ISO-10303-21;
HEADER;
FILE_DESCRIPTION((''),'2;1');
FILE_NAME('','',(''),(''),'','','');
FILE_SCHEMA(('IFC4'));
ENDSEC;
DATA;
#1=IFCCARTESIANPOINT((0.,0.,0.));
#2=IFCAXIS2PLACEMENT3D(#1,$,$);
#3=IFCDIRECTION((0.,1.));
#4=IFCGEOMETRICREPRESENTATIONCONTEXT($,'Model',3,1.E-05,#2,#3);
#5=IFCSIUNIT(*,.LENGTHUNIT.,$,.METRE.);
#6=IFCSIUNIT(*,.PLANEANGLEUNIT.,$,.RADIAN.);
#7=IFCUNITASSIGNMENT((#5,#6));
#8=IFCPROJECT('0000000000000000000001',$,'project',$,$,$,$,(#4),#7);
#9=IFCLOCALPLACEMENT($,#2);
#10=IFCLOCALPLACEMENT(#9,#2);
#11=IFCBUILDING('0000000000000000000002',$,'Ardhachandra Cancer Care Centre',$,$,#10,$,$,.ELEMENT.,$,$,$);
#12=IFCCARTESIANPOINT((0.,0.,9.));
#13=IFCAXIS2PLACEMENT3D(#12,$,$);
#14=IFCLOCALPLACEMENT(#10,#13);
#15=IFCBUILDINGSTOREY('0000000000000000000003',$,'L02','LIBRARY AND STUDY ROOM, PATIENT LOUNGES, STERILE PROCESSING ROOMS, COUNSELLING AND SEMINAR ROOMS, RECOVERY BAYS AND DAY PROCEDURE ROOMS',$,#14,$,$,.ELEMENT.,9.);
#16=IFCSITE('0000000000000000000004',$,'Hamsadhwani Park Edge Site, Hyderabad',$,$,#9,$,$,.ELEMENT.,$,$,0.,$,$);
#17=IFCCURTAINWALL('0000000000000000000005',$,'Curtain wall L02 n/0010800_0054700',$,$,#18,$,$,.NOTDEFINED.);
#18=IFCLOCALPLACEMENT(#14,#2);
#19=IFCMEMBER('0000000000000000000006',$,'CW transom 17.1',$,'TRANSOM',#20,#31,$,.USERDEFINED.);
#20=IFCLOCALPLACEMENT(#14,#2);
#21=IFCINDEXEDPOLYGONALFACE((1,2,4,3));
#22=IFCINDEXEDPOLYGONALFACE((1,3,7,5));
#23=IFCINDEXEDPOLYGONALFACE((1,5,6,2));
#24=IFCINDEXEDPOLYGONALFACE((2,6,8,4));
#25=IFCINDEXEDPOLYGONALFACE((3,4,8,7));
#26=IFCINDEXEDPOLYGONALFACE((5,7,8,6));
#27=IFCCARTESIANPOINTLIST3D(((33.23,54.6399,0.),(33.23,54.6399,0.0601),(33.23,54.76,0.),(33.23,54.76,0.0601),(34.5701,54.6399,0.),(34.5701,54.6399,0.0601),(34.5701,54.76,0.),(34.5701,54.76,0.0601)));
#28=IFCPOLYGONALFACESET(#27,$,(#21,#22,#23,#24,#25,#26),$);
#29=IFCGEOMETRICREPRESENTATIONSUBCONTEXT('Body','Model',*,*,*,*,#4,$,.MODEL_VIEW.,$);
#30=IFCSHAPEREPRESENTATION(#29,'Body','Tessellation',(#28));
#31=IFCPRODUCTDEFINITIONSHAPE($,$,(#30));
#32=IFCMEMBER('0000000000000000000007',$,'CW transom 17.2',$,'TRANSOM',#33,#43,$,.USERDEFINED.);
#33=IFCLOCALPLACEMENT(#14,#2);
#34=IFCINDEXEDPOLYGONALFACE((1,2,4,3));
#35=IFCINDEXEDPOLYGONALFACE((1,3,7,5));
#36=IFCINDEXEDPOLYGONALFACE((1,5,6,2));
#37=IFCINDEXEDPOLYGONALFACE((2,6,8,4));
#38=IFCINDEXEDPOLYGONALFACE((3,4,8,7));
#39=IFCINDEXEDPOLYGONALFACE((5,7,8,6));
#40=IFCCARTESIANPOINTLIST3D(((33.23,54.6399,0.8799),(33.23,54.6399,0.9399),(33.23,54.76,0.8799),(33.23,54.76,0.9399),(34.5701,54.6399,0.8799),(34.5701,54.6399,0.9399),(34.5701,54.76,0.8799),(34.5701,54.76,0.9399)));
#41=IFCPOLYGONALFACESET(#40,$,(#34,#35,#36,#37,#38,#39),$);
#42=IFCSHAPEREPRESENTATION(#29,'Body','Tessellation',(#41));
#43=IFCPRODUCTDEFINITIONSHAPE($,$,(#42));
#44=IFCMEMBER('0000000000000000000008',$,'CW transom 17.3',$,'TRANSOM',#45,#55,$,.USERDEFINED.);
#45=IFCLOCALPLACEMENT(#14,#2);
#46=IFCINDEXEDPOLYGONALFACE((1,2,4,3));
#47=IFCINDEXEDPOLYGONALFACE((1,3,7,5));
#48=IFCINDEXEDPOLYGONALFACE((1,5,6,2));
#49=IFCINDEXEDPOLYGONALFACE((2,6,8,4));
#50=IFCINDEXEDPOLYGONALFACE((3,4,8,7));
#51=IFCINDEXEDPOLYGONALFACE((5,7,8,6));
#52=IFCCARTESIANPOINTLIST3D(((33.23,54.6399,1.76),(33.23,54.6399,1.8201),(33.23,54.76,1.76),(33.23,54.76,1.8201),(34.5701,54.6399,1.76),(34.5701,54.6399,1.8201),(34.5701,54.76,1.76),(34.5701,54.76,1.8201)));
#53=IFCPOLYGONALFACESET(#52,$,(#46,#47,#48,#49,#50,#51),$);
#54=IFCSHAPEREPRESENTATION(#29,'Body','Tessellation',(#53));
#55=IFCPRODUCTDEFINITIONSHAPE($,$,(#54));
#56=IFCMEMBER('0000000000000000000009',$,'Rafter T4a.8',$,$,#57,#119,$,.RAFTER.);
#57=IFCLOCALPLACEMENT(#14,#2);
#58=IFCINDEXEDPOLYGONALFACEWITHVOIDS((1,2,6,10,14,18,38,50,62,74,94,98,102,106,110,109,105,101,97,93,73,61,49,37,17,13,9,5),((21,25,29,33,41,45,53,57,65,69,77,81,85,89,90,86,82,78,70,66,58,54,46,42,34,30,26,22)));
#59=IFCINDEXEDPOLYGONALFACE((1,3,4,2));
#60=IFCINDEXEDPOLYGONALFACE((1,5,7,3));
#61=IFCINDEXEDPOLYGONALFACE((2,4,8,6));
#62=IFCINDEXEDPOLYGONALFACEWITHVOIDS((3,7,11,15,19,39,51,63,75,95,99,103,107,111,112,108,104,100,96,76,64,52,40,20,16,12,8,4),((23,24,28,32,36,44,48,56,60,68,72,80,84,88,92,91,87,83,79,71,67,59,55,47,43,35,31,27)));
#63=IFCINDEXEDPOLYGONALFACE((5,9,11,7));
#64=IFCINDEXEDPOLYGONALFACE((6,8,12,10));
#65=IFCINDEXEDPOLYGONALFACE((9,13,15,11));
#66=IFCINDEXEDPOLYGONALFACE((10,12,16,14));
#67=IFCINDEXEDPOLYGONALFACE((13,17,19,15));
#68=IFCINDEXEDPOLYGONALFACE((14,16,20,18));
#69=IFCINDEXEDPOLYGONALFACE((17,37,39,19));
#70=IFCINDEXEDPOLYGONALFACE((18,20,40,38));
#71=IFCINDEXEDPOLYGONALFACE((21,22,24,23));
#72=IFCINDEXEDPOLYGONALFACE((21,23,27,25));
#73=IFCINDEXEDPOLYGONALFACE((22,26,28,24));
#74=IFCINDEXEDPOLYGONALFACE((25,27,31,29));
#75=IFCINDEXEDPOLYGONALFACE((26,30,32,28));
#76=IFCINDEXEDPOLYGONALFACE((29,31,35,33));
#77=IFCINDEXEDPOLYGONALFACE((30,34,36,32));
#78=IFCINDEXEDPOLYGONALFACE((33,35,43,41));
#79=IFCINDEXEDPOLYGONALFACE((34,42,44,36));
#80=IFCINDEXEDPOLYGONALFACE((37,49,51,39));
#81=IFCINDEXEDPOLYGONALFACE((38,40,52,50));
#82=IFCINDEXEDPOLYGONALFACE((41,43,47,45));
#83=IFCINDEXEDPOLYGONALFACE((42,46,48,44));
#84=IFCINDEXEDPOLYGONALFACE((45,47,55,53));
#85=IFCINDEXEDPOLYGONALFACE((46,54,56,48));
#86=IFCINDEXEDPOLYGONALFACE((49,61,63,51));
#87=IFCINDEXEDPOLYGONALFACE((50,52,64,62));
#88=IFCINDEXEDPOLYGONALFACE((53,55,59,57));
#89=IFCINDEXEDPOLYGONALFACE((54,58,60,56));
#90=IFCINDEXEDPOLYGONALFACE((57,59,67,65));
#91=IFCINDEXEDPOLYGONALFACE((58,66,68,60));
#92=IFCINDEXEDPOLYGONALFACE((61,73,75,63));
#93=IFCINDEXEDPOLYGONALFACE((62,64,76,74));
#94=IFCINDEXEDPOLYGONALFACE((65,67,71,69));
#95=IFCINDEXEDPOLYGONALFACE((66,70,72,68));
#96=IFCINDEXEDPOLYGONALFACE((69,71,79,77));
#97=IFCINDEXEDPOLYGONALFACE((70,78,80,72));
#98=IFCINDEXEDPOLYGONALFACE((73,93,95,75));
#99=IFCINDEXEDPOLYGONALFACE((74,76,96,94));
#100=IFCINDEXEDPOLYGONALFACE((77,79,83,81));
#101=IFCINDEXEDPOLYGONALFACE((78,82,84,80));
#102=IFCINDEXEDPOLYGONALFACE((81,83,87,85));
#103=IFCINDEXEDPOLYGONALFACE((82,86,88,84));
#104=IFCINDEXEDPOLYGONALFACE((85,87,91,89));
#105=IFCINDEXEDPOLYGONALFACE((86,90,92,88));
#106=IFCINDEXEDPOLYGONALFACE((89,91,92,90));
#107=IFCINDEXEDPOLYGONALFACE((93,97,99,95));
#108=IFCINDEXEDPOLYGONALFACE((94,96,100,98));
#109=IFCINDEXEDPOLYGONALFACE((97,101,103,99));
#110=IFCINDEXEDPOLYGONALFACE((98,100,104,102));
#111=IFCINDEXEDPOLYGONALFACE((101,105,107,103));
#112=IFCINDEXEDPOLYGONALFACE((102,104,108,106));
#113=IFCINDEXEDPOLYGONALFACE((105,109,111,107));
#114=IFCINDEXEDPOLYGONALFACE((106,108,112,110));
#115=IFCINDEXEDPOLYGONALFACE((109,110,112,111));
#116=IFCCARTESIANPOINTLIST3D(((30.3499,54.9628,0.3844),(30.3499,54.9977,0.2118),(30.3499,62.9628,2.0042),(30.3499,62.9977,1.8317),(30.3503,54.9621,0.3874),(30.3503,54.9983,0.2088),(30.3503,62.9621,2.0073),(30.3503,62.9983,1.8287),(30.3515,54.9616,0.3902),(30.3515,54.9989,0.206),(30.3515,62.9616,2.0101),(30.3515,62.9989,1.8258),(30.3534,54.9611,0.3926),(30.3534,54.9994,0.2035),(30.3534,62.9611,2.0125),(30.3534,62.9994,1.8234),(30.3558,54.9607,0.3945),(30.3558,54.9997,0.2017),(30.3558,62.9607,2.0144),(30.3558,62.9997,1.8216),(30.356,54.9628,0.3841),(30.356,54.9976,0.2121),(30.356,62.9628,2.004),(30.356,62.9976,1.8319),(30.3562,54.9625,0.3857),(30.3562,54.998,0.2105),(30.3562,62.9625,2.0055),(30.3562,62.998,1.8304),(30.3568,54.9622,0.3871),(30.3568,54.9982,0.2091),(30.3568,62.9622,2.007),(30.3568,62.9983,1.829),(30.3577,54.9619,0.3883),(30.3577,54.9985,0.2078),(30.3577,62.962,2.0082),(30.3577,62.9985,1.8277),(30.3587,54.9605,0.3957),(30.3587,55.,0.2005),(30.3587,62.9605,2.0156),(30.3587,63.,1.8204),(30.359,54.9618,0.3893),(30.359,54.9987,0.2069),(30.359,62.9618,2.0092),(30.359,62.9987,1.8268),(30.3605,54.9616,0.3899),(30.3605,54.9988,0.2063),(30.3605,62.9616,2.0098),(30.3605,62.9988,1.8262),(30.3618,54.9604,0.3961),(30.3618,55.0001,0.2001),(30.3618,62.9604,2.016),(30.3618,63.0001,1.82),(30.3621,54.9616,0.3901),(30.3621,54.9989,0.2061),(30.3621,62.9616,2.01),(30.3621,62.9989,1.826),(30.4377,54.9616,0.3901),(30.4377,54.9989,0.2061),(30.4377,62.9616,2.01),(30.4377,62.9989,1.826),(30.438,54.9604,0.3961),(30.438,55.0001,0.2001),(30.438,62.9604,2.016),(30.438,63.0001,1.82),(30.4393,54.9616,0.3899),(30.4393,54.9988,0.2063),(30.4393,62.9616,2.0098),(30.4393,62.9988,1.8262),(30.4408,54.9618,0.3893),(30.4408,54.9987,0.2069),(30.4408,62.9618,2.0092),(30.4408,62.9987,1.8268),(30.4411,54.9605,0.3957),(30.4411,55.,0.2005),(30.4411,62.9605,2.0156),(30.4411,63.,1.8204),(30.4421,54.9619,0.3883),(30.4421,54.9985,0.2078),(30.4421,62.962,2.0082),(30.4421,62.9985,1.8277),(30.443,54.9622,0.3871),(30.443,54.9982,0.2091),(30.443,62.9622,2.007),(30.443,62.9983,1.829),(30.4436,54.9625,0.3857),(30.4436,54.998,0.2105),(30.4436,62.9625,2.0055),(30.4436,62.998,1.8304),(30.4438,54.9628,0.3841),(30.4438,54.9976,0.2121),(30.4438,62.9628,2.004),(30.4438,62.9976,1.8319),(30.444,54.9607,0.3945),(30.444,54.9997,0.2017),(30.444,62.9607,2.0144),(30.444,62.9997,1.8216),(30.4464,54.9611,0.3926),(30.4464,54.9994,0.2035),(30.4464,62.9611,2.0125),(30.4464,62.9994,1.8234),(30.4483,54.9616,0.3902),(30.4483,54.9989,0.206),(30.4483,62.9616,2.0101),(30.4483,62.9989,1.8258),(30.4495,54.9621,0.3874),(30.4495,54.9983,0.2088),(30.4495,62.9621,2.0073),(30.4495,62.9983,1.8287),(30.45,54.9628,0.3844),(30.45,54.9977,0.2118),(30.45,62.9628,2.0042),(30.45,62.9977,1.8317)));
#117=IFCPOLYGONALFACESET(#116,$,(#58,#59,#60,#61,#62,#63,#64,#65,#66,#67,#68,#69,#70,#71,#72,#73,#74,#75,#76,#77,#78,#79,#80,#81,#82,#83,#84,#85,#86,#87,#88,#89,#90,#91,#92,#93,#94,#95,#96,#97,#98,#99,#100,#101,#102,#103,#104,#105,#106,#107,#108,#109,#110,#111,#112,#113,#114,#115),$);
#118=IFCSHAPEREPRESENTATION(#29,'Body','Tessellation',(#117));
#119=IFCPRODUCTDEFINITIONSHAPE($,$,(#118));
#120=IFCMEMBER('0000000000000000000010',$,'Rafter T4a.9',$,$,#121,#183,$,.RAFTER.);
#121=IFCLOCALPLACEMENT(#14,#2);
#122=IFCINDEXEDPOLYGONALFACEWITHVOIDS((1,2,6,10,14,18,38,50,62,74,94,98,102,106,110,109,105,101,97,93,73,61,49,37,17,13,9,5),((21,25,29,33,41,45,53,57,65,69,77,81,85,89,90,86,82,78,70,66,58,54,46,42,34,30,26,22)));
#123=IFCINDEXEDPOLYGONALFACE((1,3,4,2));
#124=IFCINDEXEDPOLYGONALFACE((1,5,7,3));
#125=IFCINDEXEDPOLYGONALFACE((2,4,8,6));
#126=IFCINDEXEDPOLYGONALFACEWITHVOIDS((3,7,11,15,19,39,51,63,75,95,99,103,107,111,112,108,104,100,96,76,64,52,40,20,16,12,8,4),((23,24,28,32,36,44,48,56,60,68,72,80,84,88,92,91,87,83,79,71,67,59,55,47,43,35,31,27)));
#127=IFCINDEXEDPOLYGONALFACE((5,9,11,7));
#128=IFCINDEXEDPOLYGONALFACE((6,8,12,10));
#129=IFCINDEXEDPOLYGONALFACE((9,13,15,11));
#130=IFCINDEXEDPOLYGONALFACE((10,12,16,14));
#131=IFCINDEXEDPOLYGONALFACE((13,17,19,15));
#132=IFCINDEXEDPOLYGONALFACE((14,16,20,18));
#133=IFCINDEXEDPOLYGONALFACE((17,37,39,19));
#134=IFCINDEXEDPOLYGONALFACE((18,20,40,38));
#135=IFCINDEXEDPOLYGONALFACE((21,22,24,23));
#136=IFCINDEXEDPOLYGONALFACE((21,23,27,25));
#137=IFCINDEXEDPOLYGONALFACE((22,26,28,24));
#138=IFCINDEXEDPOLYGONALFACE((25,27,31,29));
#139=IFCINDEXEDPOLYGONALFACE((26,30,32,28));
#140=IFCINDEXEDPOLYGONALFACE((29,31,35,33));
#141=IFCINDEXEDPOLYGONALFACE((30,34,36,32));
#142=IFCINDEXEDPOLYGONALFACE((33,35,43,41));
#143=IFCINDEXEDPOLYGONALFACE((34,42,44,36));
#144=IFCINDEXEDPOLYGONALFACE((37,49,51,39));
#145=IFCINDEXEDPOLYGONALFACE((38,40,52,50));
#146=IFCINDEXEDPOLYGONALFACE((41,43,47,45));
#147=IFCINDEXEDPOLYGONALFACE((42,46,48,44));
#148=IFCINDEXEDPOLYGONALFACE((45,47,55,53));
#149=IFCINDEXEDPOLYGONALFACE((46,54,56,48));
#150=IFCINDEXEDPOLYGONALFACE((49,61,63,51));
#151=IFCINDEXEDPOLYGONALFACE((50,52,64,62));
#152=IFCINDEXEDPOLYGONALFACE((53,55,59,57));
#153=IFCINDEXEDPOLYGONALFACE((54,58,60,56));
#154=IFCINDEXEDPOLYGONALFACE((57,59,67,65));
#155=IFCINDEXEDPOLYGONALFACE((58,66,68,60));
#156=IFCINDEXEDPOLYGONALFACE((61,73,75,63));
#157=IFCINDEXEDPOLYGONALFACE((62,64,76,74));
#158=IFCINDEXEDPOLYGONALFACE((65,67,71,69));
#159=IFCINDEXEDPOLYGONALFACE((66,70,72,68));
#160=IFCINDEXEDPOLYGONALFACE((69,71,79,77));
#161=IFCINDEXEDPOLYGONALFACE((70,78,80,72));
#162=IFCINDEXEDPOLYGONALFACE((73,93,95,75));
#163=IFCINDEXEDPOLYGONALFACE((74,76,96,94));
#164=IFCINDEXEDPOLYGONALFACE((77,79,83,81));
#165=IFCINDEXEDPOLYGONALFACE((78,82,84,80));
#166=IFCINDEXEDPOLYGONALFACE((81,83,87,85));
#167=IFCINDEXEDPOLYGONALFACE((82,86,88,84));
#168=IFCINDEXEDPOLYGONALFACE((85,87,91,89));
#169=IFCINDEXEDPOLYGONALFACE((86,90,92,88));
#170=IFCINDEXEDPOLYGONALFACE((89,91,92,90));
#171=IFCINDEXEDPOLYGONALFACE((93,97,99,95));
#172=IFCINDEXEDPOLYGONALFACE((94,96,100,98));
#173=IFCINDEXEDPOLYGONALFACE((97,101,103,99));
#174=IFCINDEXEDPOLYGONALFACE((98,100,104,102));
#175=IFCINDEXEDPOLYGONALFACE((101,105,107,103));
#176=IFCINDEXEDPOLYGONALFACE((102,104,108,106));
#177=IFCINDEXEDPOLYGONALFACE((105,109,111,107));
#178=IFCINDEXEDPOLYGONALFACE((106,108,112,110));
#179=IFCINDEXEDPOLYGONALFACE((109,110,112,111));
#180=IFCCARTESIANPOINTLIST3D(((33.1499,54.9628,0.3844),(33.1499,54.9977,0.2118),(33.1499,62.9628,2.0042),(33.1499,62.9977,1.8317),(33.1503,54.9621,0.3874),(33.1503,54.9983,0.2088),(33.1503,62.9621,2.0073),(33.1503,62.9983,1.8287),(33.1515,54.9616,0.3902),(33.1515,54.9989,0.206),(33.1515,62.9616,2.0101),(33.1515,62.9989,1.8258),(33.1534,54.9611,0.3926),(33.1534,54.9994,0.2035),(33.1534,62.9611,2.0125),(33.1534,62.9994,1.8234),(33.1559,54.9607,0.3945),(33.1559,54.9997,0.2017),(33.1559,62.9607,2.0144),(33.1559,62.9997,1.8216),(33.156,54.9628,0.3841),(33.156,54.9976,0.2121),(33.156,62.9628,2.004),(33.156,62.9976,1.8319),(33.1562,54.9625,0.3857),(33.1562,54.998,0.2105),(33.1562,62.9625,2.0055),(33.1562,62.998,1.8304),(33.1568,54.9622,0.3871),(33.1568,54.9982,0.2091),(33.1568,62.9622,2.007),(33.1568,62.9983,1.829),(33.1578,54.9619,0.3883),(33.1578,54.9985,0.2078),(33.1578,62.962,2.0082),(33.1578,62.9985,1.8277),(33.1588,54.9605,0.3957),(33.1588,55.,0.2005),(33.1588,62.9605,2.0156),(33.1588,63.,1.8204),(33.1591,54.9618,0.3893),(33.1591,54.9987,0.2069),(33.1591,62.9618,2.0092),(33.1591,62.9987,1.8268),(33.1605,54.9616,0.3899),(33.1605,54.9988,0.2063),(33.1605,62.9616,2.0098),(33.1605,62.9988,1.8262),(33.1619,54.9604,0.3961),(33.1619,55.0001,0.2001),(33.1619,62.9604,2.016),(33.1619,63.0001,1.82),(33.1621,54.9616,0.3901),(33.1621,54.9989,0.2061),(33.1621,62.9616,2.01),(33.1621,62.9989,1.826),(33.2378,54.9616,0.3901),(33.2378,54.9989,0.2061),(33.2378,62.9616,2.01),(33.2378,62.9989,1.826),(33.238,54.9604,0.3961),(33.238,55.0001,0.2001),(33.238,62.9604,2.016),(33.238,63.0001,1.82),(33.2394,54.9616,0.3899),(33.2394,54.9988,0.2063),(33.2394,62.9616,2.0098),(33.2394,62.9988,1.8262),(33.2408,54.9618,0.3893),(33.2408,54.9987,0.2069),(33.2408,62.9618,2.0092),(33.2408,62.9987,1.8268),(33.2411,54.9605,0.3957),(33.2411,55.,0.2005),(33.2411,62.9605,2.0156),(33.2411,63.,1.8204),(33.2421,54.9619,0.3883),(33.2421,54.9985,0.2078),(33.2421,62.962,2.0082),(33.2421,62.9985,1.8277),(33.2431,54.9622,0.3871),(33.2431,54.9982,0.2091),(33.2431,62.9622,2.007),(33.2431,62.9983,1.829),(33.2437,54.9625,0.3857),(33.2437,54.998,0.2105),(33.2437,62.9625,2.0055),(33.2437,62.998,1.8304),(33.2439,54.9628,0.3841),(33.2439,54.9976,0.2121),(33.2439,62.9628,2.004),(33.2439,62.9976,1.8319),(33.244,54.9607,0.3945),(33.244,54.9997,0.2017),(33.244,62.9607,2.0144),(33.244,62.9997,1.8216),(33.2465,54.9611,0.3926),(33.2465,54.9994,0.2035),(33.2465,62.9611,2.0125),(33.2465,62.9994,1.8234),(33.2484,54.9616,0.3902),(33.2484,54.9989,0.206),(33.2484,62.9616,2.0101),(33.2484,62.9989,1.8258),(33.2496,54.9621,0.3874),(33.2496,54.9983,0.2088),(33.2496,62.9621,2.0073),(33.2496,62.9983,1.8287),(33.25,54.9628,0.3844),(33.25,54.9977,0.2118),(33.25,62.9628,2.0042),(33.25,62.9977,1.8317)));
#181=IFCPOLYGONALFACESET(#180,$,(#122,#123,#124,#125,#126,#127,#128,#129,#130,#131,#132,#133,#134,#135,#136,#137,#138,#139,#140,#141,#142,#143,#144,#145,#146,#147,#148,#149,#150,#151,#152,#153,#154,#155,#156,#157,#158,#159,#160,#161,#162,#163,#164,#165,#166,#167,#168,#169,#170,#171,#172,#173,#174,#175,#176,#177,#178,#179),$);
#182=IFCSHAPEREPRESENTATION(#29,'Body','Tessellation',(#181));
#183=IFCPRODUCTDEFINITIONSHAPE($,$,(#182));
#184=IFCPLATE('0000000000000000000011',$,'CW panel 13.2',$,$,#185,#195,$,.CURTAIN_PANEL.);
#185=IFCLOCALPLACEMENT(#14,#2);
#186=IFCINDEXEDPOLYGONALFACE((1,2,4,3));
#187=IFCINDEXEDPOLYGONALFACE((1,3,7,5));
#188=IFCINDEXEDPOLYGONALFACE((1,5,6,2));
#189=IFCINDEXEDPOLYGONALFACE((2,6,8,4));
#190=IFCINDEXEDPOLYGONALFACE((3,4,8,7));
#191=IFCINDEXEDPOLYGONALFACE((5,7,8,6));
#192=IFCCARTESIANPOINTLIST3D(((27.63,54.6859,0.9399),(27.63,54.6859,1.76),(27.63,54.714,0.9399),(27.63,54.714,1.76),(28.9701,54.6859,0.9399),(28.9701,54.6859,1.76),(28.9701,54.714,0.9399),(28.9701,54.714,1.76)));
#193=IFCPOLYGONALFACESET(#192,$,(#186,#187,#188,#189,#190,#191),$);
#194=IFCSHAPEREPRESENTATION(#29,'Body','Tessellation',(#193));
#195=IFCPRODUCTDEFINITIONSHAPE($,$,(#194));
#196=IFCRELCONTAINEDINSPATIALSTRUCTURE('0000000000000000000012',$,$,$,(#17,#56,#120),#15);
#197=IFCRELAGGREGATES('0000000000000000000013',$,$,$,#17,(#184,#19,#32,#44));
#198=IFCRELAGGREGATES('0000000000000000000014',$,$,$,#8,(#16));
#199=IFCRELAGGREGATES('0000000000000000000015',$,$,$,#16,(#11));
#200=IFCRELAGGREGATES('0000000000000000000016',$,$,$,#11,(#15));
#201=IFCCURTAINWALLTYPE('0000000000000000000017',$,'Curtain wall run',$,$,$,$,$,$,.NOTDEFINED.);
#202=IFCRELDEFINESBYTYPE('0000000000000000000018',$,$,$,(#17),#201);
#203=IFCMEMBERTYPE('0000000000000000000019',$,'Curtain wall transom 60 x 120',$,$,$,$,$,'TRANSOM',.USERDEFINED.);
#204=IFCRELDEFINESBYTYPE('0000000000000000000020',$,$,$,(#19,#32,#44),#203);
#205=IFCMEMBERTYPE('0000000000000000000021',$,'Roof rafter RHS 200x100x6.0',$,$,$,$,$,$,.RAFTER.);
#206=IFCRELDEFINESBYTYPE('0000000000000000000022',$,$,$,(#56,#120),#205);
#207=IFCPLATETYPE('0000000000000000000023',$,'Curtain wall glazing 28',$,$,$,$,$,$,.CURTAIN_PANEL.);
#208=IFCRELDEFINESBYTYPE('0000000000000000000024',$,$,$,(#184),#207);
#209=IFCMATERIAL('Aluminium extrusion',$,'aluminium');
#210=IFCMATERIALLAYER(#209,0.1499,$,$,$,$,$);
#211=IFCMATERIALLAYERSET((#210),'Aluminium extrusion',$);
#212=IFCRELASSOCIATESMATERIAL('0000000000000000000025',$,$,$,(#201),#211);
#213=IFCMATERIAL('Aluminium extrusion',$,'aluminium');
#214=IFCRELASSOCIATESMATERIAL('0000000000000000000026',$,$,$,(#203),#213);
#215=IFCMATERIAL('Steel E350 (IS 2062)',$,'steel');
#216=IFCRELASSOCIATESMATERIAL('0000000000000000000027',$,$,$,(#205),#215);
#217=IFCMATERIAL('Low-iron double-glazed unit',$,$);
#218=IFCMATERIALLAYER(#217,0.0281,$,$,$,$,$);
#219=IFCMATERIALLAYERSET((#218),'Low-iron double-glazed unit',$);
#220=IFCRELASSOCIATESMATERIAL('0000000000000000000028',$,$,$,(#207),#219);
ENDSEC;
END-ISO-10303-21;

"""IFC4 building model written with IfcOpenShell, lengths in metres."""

from ifc_helpers import new_model, si_unit, direction, frame, origin, origin_2d, place, context, subcontext, project, spatial, rectangle, hollow_rectangle, extrude, material, layer, layer_set, material_profile, profile_set, type_object, element, aggregate, save


model = new_model("IFC4")

# Units and contexts
model_context = context("Model", 3, precision=1e-05, world=origin(), true_north=direction((0.0, 1.0)))
body_context = subcontext(model_context, "Body", "Model", "MODEL_VIEW")
ifc_project = project(units=[si_unit("LENGTHUNIT", "METRE"), si_unit("PLANEANGLEUNIT", "RADIAN")], contexts=[model_context])

# Site, building, storey
site_placement = place(None, origin())
site = spatial("IfcSite", under=ifc_project, at=site_placement, Name="Hamsadhwani Park Edge Site, Hyderabad", CompositionType="ELEMENT", RefElevation=0.0)
building_placement = place(site_placement, origin())
building = spatial("IfcBuilding", under=site, at=building_placement, Name="Ardhachandra Cancer Care Centre", CompositionType="ELEMENT")
storey_placement = place(building_placement, frame((0.0, 0.0, 9.0)))
storey = spatial("IfcBuildingStorey", under=building, at=storey_placement, Name="L02", Description="LIBRARY AND STUDY ROOM, PATIENT LOUNGES, STERILE PROCESSING ROOMS, COUNSELLING AND SEMINAR ROOMS, RECOVERY BAYS AND DAY PROCEDURE ROOMS", CompositionType="ELEMENT", Elevation=9.0)

# Curtain wall, members
ifc_material_1 = material(Name="Aluminium extrusion", Category="aluminium")
ifc_layer_1 = layer(ifc_material_1, 0.1499)
ifc_layer_set_1 = layer_set([ifc_layer_1], Name="Aluminium extrusion")
curtain_wall_type = type_object("IfcCurtainWallType", Name="Curtain wall run", PredefinedType="NOTDEFINED", material=ifc_layer_set_1)
curtain_wall_placement = place(storey_placement, origin())
curtain_wall = element("IfcCurtainWall", 1, at=curtain_wall_placement, inside=storey, type_object=curtain_wall_type, Name="Curtain wall L02 n/0010800_0054700", PredefinedType="NOTDEFINED")
ifc_material_2 = material(Name="Aluminium extrusion", Category="aluminium")
ifc_material_profile_1 = material_profile(ifc_material_2, rectangle(XDim=0.1201, YDim=0.0601, at=origin_2d()), Name="Curtain wall transom 60 x 120")
ifc_profile_set_1 = profile_set([ifc_material_profile_1], Name="Aluminium extrusion")
member_type_1 = type_object("IfcMemberType", Name="Curtain wall transom 60 x 120", ElementType="TRANSOM", PredefinedType="USERDEFINED", material=ifc_profile_set_1)
member_1_placement = place(storey_placement, frame((33.23, 54.7, 0.03), z_axis=(1.0, 0.0, 0.0), x_axis=(0.0, 1.0, 0.0)))
member_1 = element("IfcMember", 2, at=member_1_placement, type_object=member_type_1, Name="CW transom 17.1", ObjectType="TRANSOM", PredefinedType="USERDEFINED", context=body_context, shape_type="SweptSolid", body=[
    extrude(rectangle(XDim=0.1201, YDim=0.0601, at=origin_2d()), origin(), (0.0, 0.0, 1.0), 1.3401),
])
member_2_placement = place(storey_placement, frame((33.23, 54.7, 0.9099), z_axis=(1.0, 0.0, 0.0), x_axis=(0.0, 1.0, 0.0)))
member_2 = element("IfcMember", 3, at=member_2_placement, type_object=member_type_1, Name="CW transom 17.2", ObjectType="TRANSOM", PredefinedType="USERDEFINED", context=body_context, shape_type="SweptSolid", body=[
    extrude(rectangle(XDim=0.1201, YDim=0.0601, at=origin_2d()), origin(), (0.0, 0.0, 1.0), 1.3401),
])
member_3_placement = place(storey_placement, frame((33.23, 54.7, 1.79), z_axis=(1.0, 0.0, 0.0), x_axis=(0.0, 1.0, 0.0)))
member_3 = element("IfcMember", 4, at=member_3_placement, type_object=member_type_1, Name="CW transom 17.3", ObjectType="TRANSOM", PredefinedType="USERDEFINED", context=body_context, shape_type="SweptSolid", body=[
    extrude(rectangle(XDim=0.1201, YDim=0.0601, at=origin_2d()), origin(), (0.0, 0.0, 1.0), 1.3401),
])

# Members
ifc_material_3 = material(Name="Steel E350 (IS 2062)", Category="steel")
ifc_material_profile_2 = material_profile(ifc_material_3, hollow_rectangle(XDim=0.1001, YDim=0.2, WallThickness=0.0061, InnerFilletRadius=0.0061, OuterFilletRadius=0.012, at=origin_2d()), Name="RHS 200x100x6.0")
ifc_profile_set_2 = profile_set([ifc_material_profile_2], Name="Steel E350 (IS 2062)")
member_type_2 = type_object("IfcMemberType", Name="Roof rafter RHS 200x100x6.0", PredefinedType="RAFTER", material=ifc_profile_set_2)
for number, where, z_axis, x_axis, name in (
    (5, (30.3999, 54.9802, 0.2981), (0.0, 0.98011, 0.198457), (-1.0, 0.0, 0.0), "Rafter T4a.8"),
    (6, (33.2, 54.9802, 0.2981), (0.0, 0.98011, 0.198457), (-1.0, 0.0, 0.0), "Rafter T4a.9"),
):
    element("IfcMember", number, at=place(storey_placement, frame(where, z_axis=z_axis, x_axis=x_axis)), inside=storey, type_object=member_type_2, Name=name, PredefinedType="RAFTER", context=body_context, shape_type="SweptSolid", body=[
        extrude(hollow_rectangle(XDim=0.1001, YDim=0.2, WallThickness=0.0061, InnerFilletRadius=0.0061, OuterFilletRadius=0.012, at=origin_2d()), origin(), (0.0, 0.0, 1.0), 8.1624),
    ])

# Plate
ifc_material_4 = material(Name="Low-iron double-glazed unit")
ifc_layer_2 = layer(ifc_material_4, 0.0281)
ifc_layer_set_2 = layer_set([ifc_layer_2], Name="Low-iron double-glazed unit")
plate_type_1 = type_object("IfcPlateType", Name="Curtain wall glazing 28", PredefinedType="CURTAIN_PANEL", material=ifc_layer_set_2)
plate_1_placement = place(storey_placement, frame((28.3, 54.7, 0.9399), z_axis=(0.0, 0.0, 1.0), x_axis=(1.0, 0.0, 0.0)))
plate_1 = element("IfcPlate", 7, at=plate_1_placement, type_object=plate_type_1, Name="CW panel 13.2", PredefinedType="CURTAIN_PANEL", context=body_context, shape_type="SweptSolid", body=[
    extrude(rectangle(XDim=1.3401, YDim=0.0281, at=origin_2d()), origin(), (0.0, 0.0, 1.0), 0.8201),
])
aggregate(curtain_wall, [plate_1, member_1, member_2, member_3])

save(model, "model.ifc")
